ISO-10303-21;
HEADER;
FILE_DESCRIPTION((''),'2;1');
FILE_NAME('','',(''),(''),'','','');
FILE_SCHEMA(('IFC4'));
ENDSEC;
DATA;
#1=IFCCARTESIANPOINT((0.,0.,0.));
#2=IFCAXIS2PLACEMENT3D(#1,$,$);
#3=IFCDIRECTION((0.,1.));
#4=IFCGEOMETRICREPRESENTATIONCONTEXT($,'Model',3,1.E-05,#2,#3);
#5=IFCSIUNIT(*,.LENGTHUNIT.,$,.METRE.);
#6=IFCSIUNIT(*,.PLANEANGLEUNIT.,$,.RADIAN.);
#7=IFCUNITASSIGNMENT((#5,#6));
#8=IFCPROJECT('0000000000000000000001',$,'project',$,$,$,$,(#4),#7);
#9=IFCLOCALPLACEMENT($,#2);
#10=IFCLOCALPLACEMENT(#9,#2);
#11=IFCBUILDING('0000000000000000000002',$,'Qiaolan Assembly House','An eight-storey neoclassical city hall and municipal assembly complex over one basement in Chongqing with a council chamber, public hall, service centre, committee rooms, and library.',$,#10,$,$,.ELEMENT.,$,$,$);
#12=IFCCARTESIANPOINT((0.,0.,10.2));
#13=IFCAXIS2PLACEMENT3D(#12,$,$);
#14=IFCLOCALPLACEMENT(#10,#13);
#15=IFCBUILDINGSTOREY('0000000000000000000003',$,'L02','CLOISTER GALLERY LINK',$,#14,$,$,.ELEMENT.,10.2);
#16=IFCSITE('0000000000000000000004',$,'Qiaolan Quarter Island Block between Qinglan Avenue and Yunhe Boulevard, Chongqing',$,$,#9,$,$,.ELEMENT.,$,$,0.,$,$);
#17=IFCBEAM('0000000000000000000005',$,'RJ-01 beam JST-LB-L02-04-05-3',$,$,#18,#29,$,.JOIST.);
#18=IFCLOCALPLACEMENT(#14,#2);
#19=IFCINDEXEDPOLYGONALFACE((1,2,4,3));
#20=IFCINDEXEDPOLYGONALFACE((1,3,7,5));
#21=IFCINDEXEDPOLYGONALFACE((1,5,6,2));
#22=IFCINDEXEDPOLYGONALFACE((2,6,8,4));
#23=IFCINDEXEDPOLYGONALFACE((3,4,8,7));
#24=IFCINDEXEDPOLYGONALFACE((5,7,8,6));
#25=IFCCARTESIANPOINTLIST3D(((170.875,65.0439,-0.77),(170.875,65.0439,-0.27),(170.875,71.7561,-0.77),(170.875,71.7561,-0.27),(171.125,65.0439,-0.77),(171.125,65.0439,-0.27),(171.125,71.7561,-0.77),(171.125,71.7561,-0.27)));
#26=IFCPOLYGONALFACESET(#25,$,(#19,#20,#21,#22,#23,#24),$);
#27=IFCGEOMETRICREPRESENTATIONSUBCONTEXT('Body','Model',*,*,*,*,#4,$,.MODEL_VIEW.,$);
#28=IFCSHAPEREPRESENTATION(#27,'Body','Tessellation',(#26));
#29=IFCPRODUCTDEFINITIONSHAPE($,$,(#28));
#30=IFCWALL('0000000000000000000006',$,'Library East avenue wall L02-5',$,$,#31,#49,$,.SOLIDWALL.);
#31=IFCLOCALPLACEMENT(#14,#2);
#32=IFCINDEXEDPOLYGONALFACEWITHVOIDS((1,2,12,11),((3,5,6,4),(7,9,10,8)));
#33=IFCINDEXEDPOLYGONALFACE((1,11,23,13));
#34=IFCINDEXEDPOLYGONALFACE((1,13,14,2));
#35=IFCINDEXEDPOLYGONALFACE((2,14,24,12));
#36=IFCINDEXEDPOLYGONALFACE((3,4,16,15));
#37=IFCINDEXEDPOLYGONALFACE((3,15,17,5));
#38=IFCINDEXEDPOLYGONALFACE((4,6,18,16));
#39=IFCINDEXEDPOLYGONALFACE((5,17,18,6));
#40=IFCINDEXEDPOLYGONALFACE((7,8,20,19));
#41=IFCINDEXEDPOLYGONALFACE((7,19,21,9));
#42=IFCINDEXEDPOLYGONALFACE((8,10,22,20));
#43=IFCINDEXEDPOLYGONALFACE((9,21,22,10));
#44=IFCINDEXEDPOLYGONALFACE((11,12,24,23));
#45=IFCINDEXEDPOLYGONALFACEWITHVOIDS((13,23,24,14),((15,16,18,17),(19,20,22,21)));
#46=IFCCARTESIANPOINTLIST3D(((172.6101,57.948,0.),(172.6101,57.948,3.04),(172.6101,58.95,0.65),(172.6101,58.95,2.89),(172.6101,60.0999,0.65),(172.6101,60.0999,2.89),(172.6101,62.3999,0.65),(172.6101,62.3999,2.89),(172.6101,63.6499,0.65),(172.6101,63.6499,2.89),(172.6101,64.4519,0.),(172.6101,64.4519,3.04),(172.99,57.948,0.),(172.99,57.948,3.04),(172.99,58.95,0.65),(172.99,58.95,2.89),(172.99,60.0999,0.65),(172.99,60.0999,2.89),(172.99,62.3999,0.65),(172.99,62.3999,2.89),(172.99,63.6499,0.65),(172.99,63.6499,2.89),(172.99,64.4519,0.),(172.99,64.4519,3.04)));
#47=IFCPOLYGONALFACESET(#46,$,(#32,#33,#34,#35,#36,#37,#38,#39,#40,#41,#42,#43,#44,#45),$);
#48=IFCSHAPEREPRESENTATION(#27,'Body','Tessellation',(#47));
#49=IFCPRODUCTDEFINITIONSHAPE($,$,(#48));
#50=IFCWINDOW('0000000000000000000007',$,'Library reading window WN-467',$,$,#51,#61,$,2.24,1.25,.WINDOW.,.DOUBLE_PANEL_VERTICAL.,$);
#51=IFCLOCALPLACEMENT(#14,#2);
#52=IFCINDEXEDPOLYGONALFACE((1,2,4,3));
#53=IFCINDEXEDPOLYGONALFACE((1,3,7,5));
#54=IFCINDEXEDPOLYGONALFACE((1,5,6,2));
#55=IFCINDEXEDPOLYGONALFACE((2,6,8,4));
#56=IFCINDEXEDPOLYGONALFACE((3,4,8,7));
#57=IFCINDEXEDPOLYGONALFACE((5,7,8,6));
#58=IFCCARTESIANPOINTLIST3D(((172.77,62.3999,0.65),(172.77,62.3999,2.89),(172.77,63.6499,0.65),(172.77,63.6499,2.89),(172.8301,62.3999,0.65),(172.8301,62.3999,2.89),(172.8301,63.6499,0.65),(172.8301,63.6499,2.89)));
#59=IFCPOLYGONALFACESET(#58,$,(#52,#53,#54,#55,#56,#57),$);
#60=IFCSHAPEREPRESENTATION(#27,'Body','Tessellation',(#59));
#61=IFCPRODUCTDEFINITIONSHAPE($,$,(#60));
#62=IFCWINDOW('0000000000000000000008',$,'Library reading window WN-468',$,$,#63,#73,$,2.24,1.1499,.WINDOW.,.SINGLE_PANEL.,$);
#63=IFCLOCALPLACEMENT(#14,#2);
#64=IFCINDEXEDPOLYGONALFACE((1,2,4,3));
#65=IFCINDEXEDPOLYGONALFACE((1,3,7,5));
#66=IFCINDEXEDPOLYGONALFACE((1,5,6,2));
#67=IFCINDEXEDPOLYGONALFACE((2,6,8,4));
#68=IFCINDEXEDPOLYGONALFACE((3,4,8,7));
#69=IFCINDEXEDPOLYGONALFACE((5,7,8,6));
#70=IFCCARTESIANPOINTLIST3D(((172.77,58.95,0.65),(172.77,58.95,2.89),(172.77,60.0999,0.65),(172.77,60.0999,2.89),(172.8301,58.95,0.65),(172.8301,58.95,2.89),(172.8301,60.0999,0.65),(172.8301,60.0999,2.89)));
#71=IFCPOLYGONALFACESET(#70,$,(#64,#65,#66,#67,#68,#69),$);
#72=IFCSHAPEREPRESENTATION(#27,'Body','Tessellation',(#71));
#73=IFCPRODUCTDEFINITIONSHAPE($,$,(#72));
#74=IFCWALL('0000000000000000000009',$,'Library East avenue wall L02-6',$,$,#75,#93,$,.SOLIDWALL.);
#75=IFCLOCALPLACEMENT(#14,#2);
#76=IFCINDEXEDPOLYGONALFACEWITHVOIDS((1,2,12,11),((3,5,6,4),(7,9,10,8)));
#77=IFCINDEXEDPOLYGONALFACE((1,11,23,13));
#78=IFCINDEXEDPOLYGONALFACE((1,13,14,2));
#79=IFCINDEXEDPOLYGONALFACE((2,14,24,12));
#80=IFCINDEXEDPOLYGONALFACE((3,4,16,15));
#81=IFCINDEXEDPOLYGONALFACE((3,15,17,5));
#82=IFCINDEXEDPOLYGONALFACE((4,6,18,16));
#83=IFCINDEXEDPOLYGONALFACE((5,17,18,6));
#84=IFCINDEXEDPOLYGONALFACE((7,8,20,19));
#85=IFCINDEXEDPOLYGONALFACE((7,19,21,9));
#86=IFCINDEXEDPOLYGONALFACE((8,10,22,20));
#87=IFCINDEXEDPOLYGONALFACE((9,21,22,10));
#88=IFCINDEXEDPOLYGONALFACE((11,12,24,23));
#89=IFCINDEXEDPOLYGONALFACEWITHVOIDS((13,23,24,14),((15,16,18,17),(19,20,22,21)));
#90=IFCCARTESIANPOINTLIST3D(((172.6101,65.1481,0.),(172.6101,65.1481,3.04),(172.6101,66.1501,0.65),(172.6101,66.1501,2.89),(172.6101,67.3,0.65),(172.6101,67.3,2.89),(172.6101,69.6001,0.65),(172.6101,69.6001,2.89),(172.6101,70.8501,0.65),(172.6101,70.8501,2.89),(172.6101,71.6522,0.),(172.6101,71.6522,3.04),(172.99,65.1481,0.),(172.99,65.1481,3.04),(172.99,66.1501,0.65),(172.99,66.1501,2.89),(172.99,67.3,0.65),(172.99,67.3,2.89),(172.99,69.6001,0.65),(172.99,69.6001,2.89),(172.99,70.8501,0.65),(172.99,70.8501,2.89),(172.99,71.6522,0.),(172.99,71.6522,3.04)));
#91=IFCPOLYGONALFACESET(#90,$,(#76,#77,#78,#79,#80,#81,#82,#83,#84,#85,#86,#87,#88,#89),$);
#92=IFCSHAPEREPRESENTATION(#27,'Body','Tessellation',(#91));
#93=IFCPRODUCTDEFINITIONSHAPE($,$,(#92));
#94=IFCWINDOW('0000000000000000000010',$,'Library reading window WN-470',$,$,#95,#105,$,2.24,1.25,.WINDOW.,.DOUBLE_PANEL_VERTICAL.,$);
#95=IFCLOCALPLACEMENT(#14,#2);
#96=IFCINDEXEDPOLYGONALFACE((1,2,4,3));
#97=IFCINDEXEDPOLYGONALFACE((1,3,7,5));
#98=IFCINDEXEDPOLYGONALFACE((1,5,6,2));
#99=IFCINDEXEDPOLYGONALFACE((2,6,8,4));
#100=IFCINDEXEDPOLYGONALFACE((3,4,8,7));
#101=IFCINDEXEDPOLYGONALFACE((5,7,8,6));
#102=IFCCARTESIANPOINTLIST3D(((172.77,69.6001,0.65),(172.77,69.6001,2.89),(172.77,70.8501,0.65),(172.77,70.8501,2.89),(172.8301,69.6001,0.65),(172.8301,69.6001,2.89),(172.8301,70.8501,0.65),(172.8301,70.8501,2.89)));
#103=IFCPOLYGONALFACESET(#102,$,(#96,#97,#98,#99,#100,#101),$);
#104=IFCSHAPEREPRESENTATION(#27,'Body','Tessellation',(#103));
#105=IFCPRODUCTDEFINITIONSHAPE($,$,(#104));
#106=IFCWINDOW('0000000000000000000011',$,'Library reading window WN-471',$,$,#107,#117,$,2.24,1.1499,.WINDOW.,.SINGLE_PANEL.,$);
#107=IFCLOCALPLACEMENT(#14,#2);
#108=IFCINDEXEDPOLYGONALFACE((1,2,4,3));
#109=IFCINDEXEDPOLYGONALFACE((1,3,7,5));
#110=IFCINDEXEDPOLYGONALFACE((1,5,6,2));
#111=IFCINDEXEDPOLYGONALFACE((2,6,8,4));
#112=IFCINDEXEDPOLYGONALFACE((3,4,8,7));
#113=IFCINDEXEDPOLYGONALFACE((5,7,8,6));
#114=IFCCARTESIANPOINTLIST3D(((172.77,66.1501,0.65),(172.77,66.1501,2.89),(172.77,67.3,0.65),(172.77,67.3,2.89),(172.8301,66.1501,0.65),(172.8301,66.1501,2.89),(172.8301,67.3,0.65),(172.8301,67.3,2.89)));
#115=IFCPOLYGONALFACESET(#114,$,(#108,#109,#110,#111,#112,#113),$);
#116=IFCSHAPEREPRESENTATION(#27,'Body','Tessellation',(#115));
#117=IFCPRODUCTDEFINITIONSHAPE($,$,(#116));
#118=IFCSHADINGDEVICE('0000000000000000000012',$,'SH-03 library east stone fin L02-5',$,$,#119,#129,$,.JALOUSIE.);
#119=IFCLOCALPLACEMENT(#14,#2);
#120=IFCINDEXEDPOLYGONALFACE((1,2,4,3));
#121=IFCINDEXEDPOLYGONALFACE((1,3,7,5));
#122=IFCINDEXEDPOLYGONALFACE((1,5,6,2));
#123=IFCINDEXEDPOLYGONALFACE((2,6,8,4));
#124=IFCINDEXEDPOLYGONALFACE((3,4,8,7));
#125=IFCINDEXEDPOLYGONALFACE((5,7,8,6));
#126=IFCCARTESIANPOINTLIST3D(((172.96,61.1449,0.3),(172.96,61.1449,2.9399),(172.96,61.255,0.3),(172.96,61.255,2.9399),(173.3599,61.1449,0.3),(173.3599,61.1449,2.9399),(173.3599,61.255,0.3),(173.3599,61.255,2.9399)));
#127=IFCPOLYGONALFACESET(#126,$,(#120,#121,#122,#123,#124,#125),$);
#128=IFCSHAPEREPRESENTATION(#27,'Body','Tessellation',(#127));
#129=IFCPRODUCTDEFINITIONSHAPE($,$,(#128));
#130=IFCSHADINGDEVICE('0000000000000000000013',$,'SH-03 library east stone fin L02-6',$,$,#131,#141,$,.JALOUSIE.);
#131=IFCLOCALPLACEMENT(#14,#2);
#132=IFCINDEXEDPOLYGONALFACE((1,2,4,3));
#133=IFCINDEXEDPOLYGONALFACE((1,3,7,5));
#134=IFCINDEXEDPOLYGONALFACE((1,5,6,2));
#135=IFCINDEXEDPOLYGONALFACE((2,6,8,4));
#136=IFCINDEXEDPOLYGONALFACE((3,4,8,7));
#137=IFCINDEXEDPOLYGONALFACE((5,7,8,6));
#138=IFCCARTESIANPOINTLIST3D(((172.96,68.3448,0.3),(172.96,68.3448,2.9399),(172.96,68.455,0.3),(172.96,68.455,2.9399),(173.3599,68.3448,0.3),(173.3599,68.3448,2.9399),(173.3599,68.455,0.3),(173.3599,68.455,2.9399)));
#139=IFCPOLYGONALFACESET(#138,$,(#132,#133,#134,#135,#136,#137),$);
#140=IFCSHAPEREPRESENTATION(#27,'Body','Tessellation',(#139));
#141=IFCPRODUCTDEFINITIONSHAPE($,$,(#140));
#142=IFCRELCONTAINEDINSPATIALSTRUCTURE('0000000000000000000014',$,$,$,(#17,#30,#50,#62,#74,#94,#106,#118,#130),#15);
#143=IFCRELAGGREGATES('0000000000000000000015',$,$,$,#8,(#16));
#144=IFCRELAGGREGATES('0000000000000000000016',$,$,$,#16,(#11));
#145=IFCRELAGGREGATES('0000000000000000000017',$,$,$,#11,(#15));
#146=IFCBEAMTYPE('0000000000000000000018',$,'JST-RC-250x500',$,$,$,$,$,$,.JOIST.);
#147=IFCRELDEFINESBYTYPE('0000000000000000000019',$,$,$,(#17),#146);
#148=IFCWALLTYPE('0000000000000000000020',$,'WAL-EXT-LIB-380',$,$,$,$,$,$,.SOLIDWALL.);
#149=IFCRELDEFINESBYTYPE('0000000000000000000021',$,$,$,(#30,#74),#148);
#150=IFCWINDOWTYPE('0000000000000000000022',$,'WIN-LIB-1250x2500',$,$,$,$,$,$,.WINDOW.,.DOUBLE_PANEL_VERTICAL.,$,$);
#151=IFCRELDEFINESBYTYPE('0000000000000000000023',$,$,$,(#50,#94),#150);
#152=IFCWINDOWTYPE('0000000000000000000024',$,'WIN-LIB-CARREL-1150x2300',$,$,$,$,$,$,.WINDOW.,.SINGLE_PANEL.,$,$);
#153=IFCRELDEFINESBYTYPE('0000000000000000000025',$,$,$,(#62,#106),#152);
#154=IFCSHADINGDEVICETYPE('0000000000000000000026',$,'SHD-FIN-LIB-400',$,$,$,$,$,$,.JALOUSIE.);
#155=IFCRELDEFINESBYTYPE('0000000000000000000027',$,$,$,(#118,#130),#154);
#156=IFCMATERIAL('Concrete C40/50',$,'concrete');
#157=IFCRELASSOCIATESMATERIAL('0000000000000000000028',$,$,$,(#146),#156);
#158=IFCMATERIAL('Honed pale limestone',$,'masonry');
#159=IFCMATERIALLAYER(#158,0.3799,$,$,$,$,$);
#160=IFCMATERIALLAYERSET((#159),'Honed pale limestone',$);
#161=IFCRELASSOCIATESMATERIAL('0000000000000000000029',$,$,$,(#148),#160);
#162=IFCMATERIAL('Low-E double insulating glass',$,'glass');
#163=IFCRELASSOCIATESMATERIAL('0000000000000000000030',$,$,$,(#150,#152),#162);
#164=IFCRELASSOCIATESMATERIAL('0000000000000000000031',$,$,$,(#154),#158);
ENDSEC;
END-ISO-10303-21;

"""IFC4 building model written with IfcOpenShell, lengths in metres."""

from ifc_helpers import new_model, si_unit, direction, frame, frame_2d, origin, origin_2d, place, context, subcontext, project, spatial, rectangle, extrude, material, layer, layer_set, material_profile, profile_set, type_object, element, fill, save


model = new_model("IFC4")

# Units and contexts
model_context = context("Model", 3, precision=1e-05, world=origin(), true_north=direction((0.0, 1.0)))
body_context = subcontext(model_context, "Body", "Model", "MODEL_VIEW")
ifc_project = project(units=[si_unit("LENGTHUNIT", "METRE"), si_unit("PLANEANGLEUNIT", "RADIAN")], contexts=[model_context])

# Site, building, storey
site_placement = place(None, origin())
site = spatial("IfcSite", under=ifc_project, at=site_placement, Name="Qiaolan Quarter Island Block between Qinglan Avenue and Yunhe Boulevard, Chongqing", CompositionType="ELEMENT", RefElevation=0.0)
building_placement = place(site_placement, origin())
building = spatial("IfcBuilding", under=site, at=building_placement, Name="Qiaolan Assembly House", Description="An eight-storey neoclassical city hall and municipal assembly complex over one basement in Chongqing with a council chamber, public hall, service centre, committee rooms, and library.", CompositionType="ELEMENT")
storey_placement = place(building_placement, frame((0.0, 0.0, 10.2)))
storey = spatial("IfcBuildingStorey", under=building, at=storey_placement, Name="L02", Description="CLOISTER GALLERY LINK", CompositionType="ELEMENT", Elevation=10.2)

# Shared definitions
ifc_material_1 = material(Name="Concrete C40/50", Category="concrete")

# Beam
ifc_material_profile_1 = material_profile(ifc_material_1, rectangle(XDim=0.25, YDim=0.5, at=origin_2d()), Name="RCB 250x500")
ifc_profile_set_1 = profile_set([ifc_material_profile_1], Name="Concrete C40/50")
beam_type_1 = type_object("IfcBeamType", Name="JST-RC-250x500", PredefinedType="JOIST", material=ifc_profile_set_1)
for number, where, z_axis, x_axis, name in (
    (1, (171.0, 65.0439, -0.52), (0.0, 1.0, 0.0), (-1.0, 0.0, 0.0), "RJ-01 beam JST-LB-L02-04-05-3"),
):
    element("IfcBeam", number, at=place(storey_placement, frame(where, z_axis=z_axis, x_axis=x_axis)), inside=storey, type_object=beam_type_1, Name=name, PredefinedType="JOIST", context=body_context, shape_type="SweptSolid", body=[
        extrude(rectangle(XDim=0.25, YDim=0.5, at=origin_2d()), origin(), (0.0, 0.0, 1.0), 6.7122),
    ])

# Walls, openings, windows
ifc_material_2 = material(Name="Honed pale limestone", Category="masonry")
ifc_layer = layer(ifc_material_2, 0.3799)
ifc_layer_set = layer_set([ifc_layer], Name="Honed pale limestone")
wall_type = type_object("IfcWallType", Name="WAL-EXT-LIB-380", PredefinedType="SOLIDWALL", material=ifc_layer_set)
wall_1_placement = place(storey_placement, frame((172.8, 64.4519, 0.0), z_axis=(0.0, 0.0, 1.0), x_axis=(0.0, -1.0, 0.0)))
wall_1 = element("IfcWall", 2, at=wall_1_placement, inside=storey, type_object=wall_type, Name="Library East avenue wall L02-5", PredefinedType="SOLIDWALL", context=body_context, shape_type="SweptSolid", body=[
    extrude(rectangle(XDim=6.5039, YDim=0.3799, at=frame_2d((3.252, 0.0))), origin(), (0.0, 0.0, 1.0), 3.04),
])
opening_1_placement = place(wall_1_placement, frame((0.802, 0.0, 0.6499)))
opening_1 = element("IfcOpeningElement", 3, at=opening_1_placement, cuts=wall_1, PredefinedType="OPENING", context=body_context, shape_type="SweptSolid", body=[
    extrude(rectangle(XDim=1.25, YDim=2.24, at=frame_2d((0.625, 1.1201))), frame((0.0, 0.2, 0.0), z_axis=(0.0, -1.0, 0.0), x_axis=(1.0, 0.0, 0.0)), (0.0, 0.0, 1.0), 0.3999),
])
opening_2_placement = place(wall_1_placement, frame((4.3521, 0.0, 0.6499)))
opening_2 = element("IfcOpeningElement", 4, at=opening_2_placement, cuts=wall_1, PredefinedType="OPENING", context=body_context, shape_type="SweptSolid", body=[
    extrude(rectangle(XDim=1.1499, YDim=2.24, at=frame_2d((0.575, 1.1201))), frame((0.0, 0.2, 0.0), z_axis=(0.0, -1.0, 0.0), x_axis=(1.0, 0.0, 0.0)), (0.0, 0.0, 1.0), 0.3999),
])
ifc_material_3 = material(Name="Low-E double insulating glass", Category="glass")
window_type_1 = type_object("IfcWindowType", Name="WIN-LIB-1250x2500", PartitioningType="DOUBLE_PANEL_VERTICAL", PredefinedType="WINDOW", material=ifc_material_3)
window_1_placement = place(opening_1_placement, origin())
window_1 = element("IfcWindow", 5, at=window_1_placement, inside=storey, type_object=window_type_1, Name="Library reading window WN-467", OverallHeight=2.24, OverallWidth=1.25, PartitioningType="DOUBLE_PANEL_VERTICAL", PredefinedType="WINDOW", context=body_context, shape_type="SweptSolid", body=[
    extrude(rectangle(XDim=1.25, YDim=2.24, at=frame_2d((0.625, 1.1201))), frame((0.0, 0.03, 0.0), z_axis=(0.0, -1.0, 0.0), x_axis=(1.0, 0.0, 0.0)), (0.0, 0.0, 1.0), 0.0601),
])
fill(opening_1, window_1)
window_type_2 = type_object("IfcWindowType", Name="WIN-LIB-CARREL-1150x2300", PartitioningType="SINGLE_PANEL", PredefinedType="WINDOW", material=ifc_material_3)
window_2_placement = place(opening_2_placement, origin())
window_2 = element("IfcWindow", 6, at=window_2_placement, inside=storey, type_object=window_type_2, Name="Library reading window WN-468", OverallHeight=2.24, OverallWidth=1.1499, PartitioningType="SINGLE_PANEL", PredefinedType="WINDOW", context=body_context, shape_type="SweptSolid", body=[
    extrude(rectangle(XDim=1.1499, YDim=2.24, at=frame_2d((0.575, 1.1201))), frame((0.0, 0.03, 0.0), z_axis=(0.0, -1.0, 0.0), x_axis=(1.0, 0.0, 0.0)), (0.0, 0.0, 1.0), 0.0601),
])
fill(opening_2, window_2)
wall_2_placement = place(storey_placement, frame((172.8, 71.6521, 0.0), z_axis=(0.0, 0.0, 1.0), x_axis=(0.0, -1.0, 0.0)))
wall_2 = element("IfcWall", 7, at=wall_2_placement, inside=storey, type_object=wall_type, Name="Library East avenue wall L02-6", PredefinedType="SOLIDWALL", context=body_context, shape_type="SweptSolid", body=[
    extrude(rectangle(XDim=6.5042, YDim=0.3799, at=frame_2d((3.252, 0.0))), origin(), (0.0, 0.0, 1.0), 3.04),
])
opening_3_placement = place(wall_2_placement, frame((0.802, 0.0, 0.6499)))
opening_3 = element("IfcOpeningElement", 8, at=opening_3_placement, cuts=wall_2, PredefinedType="OPENING", context=body_context, shape_type="SweptSolid", body=[
    extrude(rectangle(XDim=1.25, YDim=2.24, at=frame_2d((0.625, 1.1201))), frame((0.0, 0.2, 0.0), z_axis=(0.0, -1.0, 0.0), x_axis=(1.0, 0.0, 0.0)), (0.0, 0.0, 1.0), 0.3999),
])
opening_4_placement = place(wall_2_placement, frame((4.3521, 0.0, 0.6499)))
opening_4 = element("IfcOpeningElement", 9, at=opening_4_placement, cuts=wall_2, PredefinedType="OPENING", context=body_context, shape_type="SweptSolid", body=[
    extrude(rectangle(XDim=1.1499, YDim=2.24, at=frame_2d((0.575, 1.1201))), frame((0.0, 0.2, 0.0), z_axis=(0.0, -1.0, 0.0), x_axis=(1.0, 0.0, 0.0)), (0.0, 0.0, 1.0), 0.3999),
])
window_3_placement = place(opening_3_placement, origin())
window_3 = element("IfcWindow", 10, at=window_3_placement, inside=storey, type_object=window_type_1, Name="Library reading window WN-470", OverallHeight=2.24, OverallWidth=1.25, PartitioningType="DOUBLE_PANEL_VERTICAL", PredefinedType="WINDOW", context=body_context, shape_type="SweptSolid", body=[
    extrude(rectangle(XDim=1.25, YDim=2.24, at=frame_2d((0.625, 1.1201))), frame((0.0, 0.03, 0.0), z_axis=(0.0, -1.0, 0.0), x_axis=(1.0, 0.0, 0.0)), (0.0, 0.0, 1.0), 0.0601),
])
fill(opening_3, window_3)
window_4_placement = place(opening_4_placement, origin())
window_4 = element("IfcWindow", 11, at=window_4_placement, inside=storey, type_object=window_type_2, Name="Library reading window WN-471", OverallHeight=2.24, OverallWidth=1.1499, PartitioningType="SINGLE_PANEL", PredefinedType="WINDOW", context=body_context, shape_type="SweptSolid", body=[
    extrude(rectangle(XDim=1.1499, YDim=2.24, at=frame_2d((0.575, 1.1201))), frame((0.0, 0.03, 0.0), z_axis=(0.0, -1.0, 0.0), x_axis=(1.0, 0.0, 0.0)), (0.0, 0.0, 1.0), 0.0601),
])
fill(opening_4, window_4)

# Shading devices
ifc_material_profile_2 = material_profile(ifc_material_2, rectangle(XDim=0.1101, YDim=0.3999, at=origin_2d()), Name="FIN 110x400")
ifc_profile_set_2 = profile_set([ifc_material_profile_2], Name="Honed pale limestone")
shading_device_type = type_object("IfcShadingDeviceType", Name="SHD-FIN-LIB-400", PredefinedType="JALOUSIE", material=ifc_profile_set_2)
for number, where, z_axis, x_axis, name in (
    (12, (173.1599, 61.2, 0.3), (0.0, 0.0, 1.0), (0.0, 1.0, 0.0), "SH-03 library east stone fin L02-5"),
    (13, (173.1599, 68.3999, 0.3), (0.0, 0.0, 1.0), (0.0, 1.0, 0.0), "SH-03 library east stone fin L02-6"),
):
    element("IfcShadingDevice", number, at=place(storey_placement, frame(where, z_axis=z_axis, x_axis=x_axis)), inside=storey, type_object=shading_device_type, Name=name, PredefinedType="JALOUSIE", context=body_context, shape_type="SweptSolid", body=[
        extrude(rectangle(XDim=0.1101, YDim=0.3999, at=origin_2d()), origin(), (0.0, 0.0, 1.0), 2.6399),
    ])

save(model, "model.ifc")
